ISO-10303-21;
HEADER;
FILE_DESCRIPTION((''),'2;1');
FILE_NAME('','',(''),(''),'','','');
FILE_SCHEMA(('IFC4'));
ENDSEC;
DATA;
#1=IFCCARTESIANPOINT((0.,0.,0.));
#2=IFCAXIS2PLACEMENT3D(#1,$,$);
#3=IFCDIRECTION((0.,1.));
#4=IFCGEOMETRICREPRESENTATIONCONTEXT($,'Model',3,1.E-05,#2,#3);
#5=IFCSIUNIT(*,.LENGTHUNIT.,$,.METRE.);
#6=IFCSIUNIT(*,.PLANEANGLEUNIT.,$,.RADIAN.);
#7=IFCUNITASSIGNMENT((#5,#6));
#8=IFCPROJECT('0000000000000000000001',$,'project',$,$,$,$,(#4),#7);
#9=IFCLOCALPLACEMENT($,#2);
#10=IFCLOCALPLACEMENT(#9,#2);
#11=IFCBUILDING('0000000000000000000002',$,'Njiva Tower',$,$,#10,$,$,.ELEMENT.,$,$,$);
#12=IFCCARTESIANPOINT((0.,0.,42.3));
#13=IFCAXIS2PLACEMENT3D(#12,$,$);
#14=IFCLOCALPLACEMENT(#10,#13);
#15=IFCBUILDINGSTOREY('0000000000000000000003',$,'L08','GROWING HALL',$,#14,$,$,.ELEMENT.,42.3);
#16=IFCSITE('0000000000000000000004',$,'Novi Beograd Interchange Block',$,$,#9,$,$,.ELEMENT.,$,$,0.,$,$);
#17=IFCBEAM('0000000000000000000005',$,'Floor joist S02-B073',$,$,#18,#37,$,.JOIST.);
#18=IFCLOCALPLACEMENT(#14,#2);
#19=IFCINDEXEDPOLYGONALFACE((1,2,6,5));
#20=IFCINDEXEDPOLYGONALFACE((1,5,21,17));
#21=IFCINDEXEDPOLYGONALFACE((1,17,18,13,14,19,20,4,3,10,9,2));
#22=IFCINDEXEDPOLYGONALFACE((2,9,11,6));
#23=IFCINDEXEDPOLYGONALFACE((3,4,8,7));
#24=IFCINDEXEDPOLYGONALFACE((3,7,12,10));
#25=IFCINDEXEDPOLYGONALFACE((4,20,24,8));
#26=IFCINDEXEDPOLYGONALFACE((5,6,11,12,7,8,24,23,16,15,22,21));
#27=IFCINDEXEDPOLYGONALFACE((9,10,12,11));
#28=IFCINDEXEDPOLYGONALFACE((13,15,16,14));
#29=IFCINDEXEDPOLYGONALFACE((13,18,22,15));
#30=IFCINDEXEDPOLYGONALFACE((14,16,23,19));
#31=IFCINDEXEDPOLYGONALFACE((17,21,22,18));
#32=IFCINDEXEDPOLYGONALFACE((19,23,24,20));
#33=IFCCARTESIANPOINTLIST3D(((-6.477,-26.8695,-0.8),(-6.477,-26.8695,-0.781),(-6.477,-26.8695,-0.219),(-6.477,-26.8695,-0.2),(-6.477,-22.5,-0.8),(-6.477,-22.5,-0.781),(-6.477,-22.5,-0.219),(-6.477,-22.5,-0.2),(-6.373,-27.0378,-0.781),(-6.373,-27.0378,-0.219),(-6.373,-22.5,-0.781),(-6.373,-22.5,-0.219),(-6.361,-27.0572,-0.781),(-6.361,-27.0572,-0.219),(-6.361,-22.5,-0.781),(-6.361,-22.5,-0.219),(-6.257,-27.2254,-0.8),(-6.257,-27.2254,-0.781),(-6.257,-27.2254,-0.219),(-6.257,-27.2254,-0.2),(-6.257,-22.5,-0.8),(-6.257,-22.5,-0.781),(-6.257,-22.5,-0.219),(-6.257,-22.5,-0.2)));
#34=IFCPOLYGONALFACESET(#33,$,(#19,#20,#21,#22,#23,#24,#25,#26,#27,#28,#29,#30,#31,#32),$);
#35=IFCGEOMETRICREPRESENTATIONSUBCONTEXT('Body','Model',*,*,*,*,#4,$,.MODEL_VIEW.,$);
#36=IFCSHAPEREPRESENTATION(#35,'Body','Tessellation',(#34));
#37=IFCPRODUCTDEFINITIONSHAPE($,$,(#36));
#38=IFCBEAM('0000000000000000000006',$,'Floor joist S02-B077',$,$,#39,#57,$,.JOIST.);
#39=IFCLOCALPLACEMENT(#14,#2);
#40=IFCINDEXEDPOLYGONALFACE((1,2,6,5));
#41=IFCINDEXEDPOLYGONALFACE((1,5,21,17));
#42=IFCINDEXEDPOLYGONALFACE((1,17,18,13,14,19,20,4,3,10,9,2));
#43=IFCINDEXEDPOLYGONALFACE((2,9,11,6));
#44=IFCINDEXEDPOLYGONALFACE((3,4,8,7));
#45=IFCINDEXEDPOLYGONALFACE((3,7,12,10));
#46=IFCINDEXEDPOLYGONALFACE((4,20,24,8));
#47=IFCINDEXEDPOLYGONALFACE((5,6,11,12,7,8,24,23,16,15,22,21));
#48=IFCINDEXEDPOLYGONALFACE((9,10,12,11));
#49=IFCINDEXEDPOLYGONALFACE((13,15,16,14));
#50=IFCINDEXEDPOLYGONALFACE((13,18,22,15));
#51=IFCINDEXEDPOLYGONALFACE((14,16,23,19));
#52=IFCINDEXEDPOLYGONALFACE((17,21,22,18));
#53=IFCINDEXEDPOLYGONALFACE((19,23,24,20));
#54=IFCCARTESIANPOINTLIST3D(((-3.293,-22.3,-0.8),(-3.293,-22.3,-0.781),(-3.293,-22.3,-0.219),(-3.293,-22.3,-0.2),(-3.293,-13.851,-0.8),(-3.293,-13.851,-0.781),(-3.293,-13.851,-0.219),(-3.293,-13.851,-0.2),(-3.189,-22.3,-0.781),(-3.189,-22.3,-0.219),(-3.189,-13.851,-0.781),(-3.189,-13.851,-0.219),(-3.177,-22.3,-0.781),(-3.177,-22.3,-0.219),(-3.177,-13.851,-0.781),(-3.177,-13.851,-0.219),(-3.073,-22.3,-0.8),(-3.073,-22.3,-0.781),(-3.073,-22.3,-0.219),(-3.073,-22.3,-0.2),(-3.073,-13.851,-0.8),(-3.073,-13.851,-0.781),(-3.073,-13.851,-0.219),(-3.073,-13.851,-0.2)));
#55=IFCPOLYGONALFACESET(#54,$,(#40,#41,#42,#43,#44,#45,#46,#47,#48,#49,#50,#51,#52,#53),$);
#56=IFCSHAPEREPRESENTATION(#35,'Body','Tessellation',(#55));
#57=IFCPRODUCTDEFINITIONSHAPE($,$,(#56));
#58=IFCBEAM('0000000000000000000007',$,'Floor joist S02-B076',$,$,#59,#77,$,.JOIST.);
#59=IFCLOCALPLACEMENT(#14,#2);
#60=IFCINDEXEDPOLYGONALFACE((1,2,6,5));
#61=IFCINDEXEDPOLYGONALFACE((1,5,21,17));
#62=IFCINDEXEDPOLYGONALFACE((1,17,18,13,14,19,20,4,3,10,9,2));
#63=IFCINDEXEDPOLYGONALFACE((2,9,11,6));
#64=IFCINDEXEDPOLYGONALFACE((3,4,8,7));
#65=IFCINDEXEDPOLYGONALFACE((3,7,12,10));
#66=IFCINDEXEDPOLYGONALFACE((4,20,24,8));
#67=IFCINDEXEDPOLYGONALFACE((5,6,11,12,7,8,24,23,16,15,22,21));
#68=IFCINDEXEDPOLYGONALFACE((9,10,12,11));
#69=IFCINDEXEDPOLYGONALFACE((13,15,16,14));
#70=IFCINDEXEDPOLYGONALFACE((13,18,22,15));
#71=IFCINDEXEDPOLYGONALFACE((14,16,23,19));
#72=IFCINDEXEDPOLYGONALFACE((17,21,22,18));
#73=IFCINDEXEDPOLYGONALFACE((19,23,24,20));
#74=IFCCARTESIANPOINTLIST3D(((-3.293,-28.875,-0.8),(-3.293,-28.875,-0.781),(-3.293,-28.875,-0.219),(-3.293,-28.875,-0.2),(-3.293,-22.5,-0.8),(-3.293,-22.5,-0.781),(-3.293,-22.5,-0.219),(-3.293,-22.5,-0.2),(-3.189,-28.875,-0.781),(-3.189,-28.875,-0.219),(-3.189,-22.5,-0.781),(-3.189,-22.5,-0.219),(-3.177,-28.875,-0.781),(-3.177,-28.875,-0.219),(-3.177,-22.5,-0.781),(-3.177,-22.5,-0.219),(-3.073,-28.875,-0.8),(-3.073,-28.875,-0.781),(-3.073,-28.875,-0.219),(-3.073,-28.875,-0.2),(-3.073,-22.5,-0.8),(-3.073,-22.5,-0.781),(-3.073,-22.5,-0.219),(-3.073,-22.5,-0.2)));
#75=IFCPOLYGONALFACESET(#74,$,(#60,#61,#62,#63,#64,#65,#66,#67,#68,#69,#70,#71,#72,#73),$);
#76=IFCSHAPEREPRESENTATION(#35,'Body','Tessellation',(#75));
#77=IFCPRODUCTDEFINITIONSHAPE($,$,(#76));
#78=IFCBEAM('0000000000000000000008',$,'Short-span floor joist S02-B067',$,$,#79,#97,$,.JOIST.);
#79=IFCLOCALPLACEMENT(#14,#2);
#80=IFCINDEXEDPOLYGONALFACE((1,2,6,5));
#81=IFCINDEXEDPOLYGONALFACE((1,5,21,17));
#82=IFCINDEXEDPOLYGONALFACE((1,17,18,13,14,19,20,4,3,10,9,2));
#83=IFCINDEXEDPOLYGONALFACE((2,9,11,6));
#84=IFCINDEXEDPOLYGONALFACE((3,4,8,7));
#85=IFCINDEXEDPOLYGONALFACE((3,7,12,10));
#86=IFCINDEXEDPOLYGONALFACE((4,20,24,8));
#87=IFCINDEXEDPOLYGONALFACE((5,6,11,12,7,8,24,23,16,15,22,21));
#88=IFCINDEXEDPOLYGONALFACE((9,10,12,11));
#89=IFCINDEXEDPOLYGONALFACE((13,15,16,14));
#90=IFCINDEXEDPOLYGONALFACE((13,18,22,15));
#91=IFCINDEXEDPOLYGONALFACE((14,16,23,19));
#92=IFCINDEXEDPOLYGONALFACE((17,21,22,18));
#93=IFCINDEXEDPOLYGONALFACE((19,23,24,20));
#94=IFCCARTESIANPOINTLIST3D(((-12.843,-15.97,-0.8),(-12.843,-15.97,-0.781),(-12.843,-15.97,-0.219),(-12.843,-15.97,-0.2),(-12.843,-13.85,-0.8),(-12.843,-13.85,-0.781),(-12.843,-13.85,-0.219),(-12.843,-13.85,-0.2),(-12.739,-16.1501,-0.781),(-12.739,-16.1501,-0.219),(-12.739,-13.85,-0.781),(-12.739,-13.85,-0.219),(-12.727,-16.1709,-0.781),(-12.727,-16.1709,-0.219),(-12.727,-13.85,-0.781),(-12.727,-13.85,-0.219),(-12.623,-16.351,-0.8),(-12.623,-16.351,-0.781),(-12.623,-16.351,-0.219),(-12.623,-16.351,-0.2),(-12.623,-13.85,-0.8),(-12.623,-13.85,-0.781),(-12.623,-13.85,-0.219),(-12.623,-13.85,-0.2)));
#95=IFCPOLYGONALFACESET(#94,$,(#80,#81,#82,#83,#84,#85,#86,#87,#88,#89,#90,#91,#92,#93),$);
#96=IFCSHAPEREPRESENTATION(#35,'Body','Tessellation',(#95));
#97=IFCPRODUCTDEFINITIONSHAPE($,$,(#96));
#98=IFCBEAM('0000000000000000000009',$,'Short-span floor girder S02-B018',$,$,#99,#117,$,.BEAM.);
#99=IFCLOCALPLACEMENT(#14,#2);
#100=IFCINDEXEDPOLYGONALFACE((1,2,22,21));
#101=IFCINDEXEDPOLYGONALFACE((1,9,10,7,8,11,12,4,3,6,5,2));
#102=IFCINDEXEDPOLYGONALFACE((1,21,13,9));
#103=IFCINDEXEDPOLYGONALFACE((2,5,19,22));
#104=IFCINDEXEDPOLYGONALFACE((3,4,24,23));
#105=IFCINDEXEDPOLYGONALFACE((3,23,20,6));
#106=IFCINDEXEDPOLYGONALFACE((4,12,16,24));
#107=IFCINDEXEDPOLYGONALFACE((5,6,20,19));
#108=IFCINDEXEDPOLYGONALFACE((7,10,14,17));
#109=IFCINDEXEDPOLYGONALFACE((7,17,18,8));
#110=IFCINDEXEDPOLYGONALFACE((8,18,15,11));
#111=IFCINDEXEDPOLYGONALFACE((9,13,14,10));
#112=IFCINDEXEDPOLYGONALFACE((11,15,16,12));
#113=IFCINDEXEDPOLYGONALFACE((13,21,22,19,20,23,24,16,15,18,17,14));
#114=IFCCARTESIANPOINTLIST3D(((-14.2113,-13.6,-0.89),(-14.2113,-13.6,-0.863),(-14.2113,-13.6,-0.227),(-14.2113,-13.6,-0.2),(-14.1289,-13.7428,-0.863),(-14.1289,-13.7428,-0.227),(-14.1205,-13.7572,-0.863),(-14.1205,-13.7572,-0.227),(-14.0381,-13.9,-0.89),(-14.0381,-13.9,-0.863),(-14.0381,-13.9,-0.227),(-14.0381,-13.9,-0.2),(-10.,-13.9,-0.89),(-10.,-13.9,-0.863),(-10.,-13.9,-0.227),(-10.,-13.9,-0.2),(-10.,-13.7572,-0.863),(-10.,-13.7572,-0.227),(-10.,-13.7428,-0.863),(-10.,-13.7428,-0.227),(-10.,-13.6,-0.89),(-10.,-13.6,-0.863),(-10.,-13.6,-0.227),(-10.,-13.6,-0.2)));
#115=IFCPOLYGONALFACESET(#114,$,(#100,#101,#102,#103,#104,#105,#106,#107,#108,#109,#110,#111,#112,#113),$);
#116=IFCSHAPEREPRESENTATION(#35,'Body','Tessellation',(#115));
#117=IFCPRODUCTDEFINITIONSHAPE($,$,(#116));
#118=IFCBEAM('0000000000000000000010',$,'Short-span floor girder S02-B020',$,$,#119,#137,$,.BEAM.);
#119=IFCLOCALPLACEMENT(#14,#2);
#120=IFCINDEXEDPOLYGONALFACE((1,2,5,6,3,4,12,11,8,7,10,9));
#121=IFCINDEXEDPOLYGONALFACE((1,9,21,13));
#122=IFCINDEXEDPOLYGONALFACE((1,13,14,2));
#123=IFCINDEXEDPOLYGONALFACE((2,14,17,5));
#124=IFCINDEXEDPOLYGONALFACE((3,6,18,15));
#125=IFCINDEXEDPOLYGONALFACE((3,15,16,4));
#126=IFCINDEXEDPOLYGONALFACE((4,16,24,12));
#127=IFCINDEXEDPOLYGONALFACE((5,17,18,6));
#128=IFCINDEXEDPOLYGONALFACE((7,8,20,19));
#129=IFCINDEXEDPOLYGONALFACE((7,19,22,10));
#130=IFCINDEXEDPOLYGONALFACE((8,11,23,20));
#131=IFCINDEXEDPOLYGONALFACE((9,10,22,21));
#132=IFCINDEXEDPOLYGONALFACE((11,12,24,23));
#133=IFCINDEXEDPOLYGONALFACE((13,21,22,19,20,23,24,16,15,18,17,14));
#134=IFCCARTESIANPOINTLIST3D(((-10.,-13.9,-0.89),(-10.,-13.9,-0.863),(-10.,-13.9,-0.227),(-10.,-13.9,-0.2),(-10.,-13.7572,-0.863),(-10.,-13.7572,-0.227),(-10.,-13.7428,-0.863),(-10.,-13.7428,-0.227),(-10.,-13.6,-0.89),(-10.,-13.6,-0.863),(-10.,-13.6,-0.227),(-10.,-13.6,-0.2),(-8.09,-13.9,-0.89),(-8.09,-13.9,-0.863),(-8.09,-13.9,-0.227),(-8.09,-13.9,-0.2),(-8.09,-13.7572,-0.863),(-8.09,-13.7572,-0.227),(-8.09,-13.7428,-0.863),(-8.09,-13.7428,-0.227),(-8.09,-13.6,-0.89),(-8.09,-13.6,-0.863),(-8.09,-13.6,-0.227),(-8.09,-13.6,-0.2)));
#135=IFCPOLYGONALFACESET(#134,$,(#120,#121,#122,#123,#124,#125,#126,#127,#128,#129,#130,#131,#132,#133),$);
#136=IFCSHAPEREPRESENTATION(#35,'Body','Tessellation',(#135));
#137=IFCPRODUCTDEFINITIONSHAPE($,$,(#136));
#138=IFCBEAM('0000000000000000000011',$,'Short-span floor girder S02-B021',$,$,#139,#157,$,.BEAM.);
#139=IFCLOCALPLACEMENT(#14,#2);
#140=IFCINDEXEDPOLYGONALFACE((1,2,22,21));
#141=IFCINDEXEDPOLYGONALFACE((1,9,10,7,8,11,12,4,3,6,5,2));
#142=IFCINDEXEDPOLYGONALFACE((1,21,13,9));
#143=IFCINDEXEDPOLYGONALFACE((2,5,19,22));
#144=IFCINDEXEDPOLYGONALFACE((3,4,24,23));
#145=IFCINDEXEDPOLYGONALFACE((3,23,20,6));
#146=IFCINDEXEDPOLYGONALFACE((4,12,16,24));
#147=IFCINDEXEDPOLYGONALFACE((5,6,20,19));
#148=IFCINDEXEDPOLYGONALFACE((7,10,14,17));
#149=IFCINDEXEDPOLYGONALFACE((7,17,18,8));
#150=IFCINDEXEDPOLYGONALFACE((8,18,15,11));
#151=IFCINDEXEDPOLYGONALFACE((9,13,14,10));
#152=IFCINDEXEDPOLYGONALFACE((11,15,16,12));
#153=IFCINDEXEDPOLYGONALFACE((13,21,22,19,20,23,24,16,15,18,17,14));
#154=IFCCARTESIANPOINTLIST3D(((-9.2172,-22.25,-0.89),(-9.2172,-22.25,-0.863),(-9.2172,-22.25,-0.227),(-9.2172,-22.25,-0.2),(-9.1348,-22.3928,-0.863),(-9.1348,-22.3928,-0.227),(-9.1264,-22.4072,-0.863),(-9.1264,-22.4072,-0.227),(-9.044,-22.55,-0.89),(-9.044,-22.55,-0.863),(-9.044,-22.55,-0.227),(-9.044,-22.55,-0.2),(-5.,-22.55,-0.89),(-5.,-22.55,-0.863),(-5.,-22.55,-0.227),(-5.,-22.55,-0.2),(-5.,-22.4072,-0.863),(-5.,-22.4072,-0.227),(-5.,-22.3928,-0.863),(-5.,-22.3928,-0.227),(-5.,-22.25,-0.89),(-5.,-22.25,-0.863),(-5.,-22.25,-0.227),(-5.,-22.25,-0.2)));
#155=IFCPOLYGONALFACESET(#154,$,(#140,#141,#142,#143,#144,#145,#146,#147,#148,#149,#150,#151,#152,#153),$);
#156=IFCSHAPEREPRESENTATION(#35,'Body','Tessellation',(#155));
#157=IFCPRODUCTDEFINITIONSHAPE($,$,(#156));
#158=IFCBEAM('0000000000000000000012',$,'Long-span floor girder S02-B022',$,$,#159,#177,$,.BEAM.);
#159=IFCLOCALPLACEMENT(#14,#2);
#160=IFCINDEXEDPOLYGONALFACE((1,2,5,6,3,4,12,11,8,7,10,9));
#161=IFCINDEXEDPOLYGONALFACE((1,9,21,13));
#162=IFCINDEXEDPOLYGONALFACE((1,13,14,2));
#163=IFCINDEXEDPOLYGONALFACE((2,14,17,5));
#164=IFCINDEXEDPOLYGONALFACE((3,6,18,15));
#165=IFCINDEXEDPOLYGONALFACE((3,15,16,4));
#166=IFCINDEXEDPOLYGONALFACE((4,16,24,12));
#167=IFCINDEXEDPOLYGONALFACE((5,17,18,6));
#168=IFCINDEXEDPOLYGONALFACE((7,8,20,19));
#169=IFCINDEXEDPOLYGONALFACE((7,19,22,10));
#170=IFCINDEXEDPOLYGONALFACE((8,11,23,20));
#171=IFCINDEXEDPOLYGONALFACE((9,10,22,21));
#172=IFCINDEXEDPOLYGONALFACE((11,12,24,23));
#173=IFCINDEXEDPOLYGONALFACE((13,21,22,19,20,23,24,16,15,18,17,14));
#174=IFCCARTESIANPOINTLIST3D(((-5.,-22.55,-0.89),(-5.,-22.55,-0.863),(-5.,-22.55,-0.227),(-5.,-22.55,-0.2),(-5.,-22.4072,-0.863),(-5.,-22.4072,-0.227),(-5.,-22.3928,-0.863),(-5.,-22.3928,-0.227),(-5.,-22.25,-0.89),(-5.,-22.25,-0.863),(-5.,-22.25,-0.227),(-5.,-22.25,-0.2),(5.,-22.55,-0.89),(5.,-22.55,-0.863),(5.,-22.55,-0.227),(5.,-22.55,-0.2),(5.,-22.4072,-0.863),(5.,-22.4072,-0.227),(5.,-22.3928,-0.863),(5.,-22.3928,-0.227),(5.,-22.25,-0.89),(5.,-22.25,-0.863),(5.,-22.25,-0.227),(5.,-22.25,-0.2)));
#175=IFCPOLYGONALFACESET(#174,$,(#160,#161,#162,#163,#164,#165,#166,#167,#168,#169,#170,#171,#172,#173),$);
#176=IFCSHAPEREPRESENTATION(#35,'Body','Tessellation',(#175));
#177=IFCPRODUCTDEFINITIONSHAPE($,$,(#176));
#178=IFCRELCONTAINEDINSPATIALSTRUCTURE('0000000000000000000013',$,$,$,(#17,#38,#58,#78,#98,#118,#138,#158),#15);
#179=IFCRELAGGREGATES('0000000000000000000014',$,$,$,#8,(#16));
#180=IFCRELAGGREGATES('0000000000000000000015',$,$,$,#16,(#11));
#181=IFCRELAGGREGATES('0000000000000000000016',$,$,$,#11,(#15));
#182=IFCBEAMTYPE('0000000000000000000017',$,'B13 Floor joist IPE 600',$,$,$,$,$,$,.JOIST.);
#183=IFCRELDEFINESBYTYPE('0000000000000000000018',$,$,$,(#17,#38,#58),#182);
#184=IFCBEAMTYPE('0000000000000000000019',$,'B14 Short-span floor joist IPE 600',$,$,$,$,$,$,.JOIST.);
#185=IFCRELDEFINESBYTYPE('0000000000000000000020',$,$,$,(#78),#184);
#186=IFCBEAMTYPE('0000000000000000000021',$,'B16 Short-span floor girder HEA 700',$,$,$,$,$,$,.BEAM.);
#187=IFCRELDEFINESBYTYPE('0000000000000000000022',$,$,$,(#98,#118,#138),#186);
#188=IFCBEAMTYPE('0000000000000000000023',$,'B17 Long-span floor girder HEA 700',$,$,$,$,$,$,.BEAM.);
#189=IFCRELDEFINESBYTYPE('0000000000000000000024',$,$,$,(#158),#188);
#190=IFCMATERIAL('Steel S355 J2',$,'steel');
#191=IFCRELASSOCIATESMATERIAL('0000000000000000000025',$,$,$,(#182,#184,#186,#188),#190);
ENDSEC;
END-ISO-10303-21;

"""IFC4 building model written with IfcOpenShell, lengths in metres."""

from ifc_helpers import new_model, si_unit, direction, frame, origin, origin_2d, place, context, subcontext, project, spatial, i_section, extrude, clip, halfspace, material, material_profile, profile_set, type_object, element, save


model = new_model("IFC4")

# Units and contexts
model_context = context("Model", 3, precision=1e-05, world=origin(), true_north=direction((0.0, 1.0)))
body_context = subcontext(model_context, "Body", "Model", "MODEL_VIEW")
ifc_project = project(units=[si_unit("LENGTHUNIT", "METRE"), si_unit("PLANEANGLEUNIT", "RADIAN")], contexts=[model_context])

# Site, building, storey
site_placement = place(None, origin())
site = spatial("IfcSite", under=ifc_project, at=site_placement, Name="Novi Beograd Interchange Block", CompositionType="ELEMENT", RefElevation=0.0)
building_placement = place(site_placement, origin())
building = spatial("IfcBuilding", under=site, at=building_placement, Name="Njiva Tower", CompositionType="ELEMENT")
storey_placement = place(building_placement, frame((0.0, 0.0, 42.3)))
storey = spatial("IfcBuildingStorey", under=building, at=storey_placement, Name="L08", Description="GROWING HALL", CompositionType="ELEMENT", Elevation=42.3)

# Shared definitions
ifc_material_1 = material(Name="Steel S355 J2", Category="steel")

# Beams
ifc_material_profile_1 = material_profile(ifc_material_1, i_section(OverallWidth=0.22, OverallDepth=0.6, WebThickness=0.012, FlangeThickness=0.019, at=origin_2d()), Name="IPE 600")
ifc_profile_set_1 = profile_set([ifc_material_profile_1], Name="Steel S355 J2")
beam_type_1 = type_object("IfcBeamType", Name="B13 Floor joist IPE 600", PredefinedType="JOIST", material=ifc_profile_set_1)
beam_1_placement = place(storey_placement, frame((-6.367, -22.5, -0.5), z_axis=(0.0, -1.0, 0.0), x_axis=(1.0, 0.0, 0.0)))
element("IfcBeam", 1, at=beam_1_placement, inside=storey, type_object=beam_type_1, Name="Floor joist S02-B073", PredefinedType="JOIST", context=body_context, shape_type="Clipping", body=[
    clip(extrude(i_section(OverallWidth=0.22, OverallDepth=0.6, WebThickness=0.012, FlangeThickness=0.019, at=origin_2d()), origin(), (0.0, 0.0, 1.0), 4.746), halfspace(frame((-0.0422, 0.0, 4.4792), z_axis=(-0.850625, 0.0, 0.525773), x_axis=(0.0, 1.0, 0.0)), False)),
])
beam_2_placement = place(storey_placement, frame((-3.183, -13.851, -0.5), z_axis=(0.0, -1.0, 0.0), x_axis=(1.0, 0.0, 0.0)))
element("IfcBeam", 2, at=beam_2_placement, inside=storey, type_object=beam_type_1, Name="Floor joist S02-B077", PredefinedType="JOIST", context=body_context, shape_type="SweptSolid", body=[
    extrude(i_section(OverallWidth=0.22, OverallDepth=0.6, WebThickness=0.012, FlangeThickness=0.019, at=origin_2d()), origin(), (0.0, 0.0, 1.0), 8.449),
])
beam_3_placement = place(storey_placement, frame((-3.183, -22.5, -0.5), z_axis=(0.0, -1.0, 0.0), x_axis=(1.0, 0.0, 0.0)))
element("IfcBeam", 3, at=beam_3_placement, inside=storey, type_object=beam_type_1, Name="Floor joist S02-B076", PredefinedType="JOIST", context=body_context, shape_type="SweptSolid", body=[
    extrude(i_section(OverallWidth=0.22, OverallDepth=0.6, WebThickness=0.012, FlangeThickness=0.019, at=origin_2d()), origin(), (0.0, 0.0, 1.0), 6.375),
])
ifc_material_profile_2 = material_profile(ifc_material_1, i_section(OverallWidth=0.22, OverallDepth=0.6, WebThickness=0.012, FlangeThickness=0.019, at=origin_2d()), Name="IPE 600")
ifc_profile_set_2 = profile_set([ifc_material_profile_2], Name="Steel S355 J2")
beam_type_2 = type_object("IfcBeamType", Name="B14 Short-span floor joist IPE 600", PredefinedType="JOIST", material=ifc_profile_set_2)
beam_4_placement = place(storey_placement, frame((-12.733, -13.85, -0.5), z_axis=(0.0, -1.0, 0.0), x_axis=(1.0, 0.0, 0.0)))
element("IfcBeam", 4, at=beam_4_placement, inside=storey, type_object=beam_type_2, Name="Short-span floor joist S02-B067", PredefinedType="JOIST", context=body_context, shape_type="Clipping", body=[
    clip(extrude(i_section(OverallWidth=0.22, OverallDepth=0.6, WebThickness=0.012, FlangeThickness=0.019, at=origin_2d()), origin(), (0.0, 0.0, 1.0), 2.521), halfspace(frame((-0.0436, 0.0, 2.235), z_axis=(-0.866027, 0.0, 0.499998), x_axis=(0.0, 1.0, 0.0)), False)),
])
ifc_material_profile_3 = material_profile(ifc_material_1, i_section(OverallWidth=0.3, OverallDepth=0.69, WebThickness=0.0145, FlangeThickness=0.027, at=origin_2d()), Name="HEA 700")
ifc_profile_set_3 = profile_set([ifc_material_profile_3], Name="Steel S355 J2")
beam_type_3 = type_object("IfcBeamType", Name="B16 Short-span floor girder HEA 700", PredefinedType="BEAM", material=ifc_profile_set_3)
beam_5_placement = place(storey_placement, frame((-14.232, -13.75, -0.545), z_axis=(1.0, 0.0, 0.0), x_axis=(0.0, 1.0, 0.0)))
element("IfcBeam", 5, at=beam_5_placement, inside=storey, type_object=beam_type_3, Name="Short-span floor girder S02-B018", PredefinedType="BEAM", context=body_context, shape_type="Clipping", body=[
    clip(extrude(i_section(OverallWidth=0.3, OverallDepth=0.69, WebThickness=0.0145, FlangeThickness=0.027, at=origin_2d()), origin(), (0.0, 0.0, 1.0), 4.232), halfspace(frame((-0.025, 0.0, 0.1217), z_axis=(-0.499998, 0.0, -0.866027), x_axis=(0.0, -1.0, 0.0)), False)),
])
beam_6_placement = place(storey_placement, frame((-10.0, -13.75, -0.545), z_axis=(1.0, 0.0, 0.0), x_axis=(0.0, 1.0, 0.0)))
element("IfcBeam", 6, at=beam_6_placement, inside=storey, type_object=beam_type_3, Name="Short-span floor girder S02-B020", PredefinedType="BEAM", context=body_context, shape_type="SweptSolid", body=[
    extrude(i_section(OverallWidth=0.3, OverallDepth=0.69, WebThickness=0.0145, FlangeThickness=0.027, at=origin_2d()), origin(), (0.0, 0.0, 1.0), 1.91),
])
beam_7_placement = place(storey_placement, frame((-9.238, -22.4, -0.545), z_axis=(1.0, 0.0, 0.0), x_axis=(0.0, 1.0, 0.0)))
element("IfcBeam", 7, at=beam_7_placement, inside=storey, type_object=beam_type_3, Name="Short-span floor girder S02-B021", PredefinedType="BEAM", context=body_context, shape_type="Clipping", body=[
    clip(extrude(i_section(OverallWidth=0.3, OverallDepth=0.69, WebThickness=0.0145, FlangeThickness=0.027, at=origin_2d()), origin(), (0.0, 0.0, 1.0), 4.238), halfspace(frame((-0.025, 0.0, 0.1218), z_axis=(-0.499998, 0.0, -0.866027), x_axis=(0.0, -1.0, 0.0)), False)),
])
ifc_material_profile_4 = material_profile(ifc_material_1, i_section(OverallWidth=0.3, OverallDepth=0.69, WebThickness=0.0145, FlangeThickness=0.027, at=origin_2d()), Name="HEA 700")
ifc_profile_set_4 = profile_set([ifc_material_profile_4], Name="Steel S355 J2")
beam_type_4 = type_object("IfcBeamType", Name="B17 Long-span floor girder HEA 700", PredefinedType="BEAM", material=ifc_profile_set_4)
beam_8_placement = place(storey_placement, frame((-5.0, -22.4, -0.545), z_axis=(1.0, 0.0, 0.0), x_axis=(0.0, 1.0, 0.0)))
element("IfcBeam", 8, at=beam_8_placement, inside=storey, type_object=beam_type_4, Name="Long-span floor girder S02-B022", PredefinedType="BEAM", context=body_context, shape_type="SweptSolid", body=[
    extrude(i_section(OverallWidth=0.3, OverallDepth=0.69, WebThickness=0.0145, FlangeThickness=0.027, at=origin_2d()), origin(), (0.0, 0.0, 1.0), 10.0),
])

save(model, "model.ifc")
